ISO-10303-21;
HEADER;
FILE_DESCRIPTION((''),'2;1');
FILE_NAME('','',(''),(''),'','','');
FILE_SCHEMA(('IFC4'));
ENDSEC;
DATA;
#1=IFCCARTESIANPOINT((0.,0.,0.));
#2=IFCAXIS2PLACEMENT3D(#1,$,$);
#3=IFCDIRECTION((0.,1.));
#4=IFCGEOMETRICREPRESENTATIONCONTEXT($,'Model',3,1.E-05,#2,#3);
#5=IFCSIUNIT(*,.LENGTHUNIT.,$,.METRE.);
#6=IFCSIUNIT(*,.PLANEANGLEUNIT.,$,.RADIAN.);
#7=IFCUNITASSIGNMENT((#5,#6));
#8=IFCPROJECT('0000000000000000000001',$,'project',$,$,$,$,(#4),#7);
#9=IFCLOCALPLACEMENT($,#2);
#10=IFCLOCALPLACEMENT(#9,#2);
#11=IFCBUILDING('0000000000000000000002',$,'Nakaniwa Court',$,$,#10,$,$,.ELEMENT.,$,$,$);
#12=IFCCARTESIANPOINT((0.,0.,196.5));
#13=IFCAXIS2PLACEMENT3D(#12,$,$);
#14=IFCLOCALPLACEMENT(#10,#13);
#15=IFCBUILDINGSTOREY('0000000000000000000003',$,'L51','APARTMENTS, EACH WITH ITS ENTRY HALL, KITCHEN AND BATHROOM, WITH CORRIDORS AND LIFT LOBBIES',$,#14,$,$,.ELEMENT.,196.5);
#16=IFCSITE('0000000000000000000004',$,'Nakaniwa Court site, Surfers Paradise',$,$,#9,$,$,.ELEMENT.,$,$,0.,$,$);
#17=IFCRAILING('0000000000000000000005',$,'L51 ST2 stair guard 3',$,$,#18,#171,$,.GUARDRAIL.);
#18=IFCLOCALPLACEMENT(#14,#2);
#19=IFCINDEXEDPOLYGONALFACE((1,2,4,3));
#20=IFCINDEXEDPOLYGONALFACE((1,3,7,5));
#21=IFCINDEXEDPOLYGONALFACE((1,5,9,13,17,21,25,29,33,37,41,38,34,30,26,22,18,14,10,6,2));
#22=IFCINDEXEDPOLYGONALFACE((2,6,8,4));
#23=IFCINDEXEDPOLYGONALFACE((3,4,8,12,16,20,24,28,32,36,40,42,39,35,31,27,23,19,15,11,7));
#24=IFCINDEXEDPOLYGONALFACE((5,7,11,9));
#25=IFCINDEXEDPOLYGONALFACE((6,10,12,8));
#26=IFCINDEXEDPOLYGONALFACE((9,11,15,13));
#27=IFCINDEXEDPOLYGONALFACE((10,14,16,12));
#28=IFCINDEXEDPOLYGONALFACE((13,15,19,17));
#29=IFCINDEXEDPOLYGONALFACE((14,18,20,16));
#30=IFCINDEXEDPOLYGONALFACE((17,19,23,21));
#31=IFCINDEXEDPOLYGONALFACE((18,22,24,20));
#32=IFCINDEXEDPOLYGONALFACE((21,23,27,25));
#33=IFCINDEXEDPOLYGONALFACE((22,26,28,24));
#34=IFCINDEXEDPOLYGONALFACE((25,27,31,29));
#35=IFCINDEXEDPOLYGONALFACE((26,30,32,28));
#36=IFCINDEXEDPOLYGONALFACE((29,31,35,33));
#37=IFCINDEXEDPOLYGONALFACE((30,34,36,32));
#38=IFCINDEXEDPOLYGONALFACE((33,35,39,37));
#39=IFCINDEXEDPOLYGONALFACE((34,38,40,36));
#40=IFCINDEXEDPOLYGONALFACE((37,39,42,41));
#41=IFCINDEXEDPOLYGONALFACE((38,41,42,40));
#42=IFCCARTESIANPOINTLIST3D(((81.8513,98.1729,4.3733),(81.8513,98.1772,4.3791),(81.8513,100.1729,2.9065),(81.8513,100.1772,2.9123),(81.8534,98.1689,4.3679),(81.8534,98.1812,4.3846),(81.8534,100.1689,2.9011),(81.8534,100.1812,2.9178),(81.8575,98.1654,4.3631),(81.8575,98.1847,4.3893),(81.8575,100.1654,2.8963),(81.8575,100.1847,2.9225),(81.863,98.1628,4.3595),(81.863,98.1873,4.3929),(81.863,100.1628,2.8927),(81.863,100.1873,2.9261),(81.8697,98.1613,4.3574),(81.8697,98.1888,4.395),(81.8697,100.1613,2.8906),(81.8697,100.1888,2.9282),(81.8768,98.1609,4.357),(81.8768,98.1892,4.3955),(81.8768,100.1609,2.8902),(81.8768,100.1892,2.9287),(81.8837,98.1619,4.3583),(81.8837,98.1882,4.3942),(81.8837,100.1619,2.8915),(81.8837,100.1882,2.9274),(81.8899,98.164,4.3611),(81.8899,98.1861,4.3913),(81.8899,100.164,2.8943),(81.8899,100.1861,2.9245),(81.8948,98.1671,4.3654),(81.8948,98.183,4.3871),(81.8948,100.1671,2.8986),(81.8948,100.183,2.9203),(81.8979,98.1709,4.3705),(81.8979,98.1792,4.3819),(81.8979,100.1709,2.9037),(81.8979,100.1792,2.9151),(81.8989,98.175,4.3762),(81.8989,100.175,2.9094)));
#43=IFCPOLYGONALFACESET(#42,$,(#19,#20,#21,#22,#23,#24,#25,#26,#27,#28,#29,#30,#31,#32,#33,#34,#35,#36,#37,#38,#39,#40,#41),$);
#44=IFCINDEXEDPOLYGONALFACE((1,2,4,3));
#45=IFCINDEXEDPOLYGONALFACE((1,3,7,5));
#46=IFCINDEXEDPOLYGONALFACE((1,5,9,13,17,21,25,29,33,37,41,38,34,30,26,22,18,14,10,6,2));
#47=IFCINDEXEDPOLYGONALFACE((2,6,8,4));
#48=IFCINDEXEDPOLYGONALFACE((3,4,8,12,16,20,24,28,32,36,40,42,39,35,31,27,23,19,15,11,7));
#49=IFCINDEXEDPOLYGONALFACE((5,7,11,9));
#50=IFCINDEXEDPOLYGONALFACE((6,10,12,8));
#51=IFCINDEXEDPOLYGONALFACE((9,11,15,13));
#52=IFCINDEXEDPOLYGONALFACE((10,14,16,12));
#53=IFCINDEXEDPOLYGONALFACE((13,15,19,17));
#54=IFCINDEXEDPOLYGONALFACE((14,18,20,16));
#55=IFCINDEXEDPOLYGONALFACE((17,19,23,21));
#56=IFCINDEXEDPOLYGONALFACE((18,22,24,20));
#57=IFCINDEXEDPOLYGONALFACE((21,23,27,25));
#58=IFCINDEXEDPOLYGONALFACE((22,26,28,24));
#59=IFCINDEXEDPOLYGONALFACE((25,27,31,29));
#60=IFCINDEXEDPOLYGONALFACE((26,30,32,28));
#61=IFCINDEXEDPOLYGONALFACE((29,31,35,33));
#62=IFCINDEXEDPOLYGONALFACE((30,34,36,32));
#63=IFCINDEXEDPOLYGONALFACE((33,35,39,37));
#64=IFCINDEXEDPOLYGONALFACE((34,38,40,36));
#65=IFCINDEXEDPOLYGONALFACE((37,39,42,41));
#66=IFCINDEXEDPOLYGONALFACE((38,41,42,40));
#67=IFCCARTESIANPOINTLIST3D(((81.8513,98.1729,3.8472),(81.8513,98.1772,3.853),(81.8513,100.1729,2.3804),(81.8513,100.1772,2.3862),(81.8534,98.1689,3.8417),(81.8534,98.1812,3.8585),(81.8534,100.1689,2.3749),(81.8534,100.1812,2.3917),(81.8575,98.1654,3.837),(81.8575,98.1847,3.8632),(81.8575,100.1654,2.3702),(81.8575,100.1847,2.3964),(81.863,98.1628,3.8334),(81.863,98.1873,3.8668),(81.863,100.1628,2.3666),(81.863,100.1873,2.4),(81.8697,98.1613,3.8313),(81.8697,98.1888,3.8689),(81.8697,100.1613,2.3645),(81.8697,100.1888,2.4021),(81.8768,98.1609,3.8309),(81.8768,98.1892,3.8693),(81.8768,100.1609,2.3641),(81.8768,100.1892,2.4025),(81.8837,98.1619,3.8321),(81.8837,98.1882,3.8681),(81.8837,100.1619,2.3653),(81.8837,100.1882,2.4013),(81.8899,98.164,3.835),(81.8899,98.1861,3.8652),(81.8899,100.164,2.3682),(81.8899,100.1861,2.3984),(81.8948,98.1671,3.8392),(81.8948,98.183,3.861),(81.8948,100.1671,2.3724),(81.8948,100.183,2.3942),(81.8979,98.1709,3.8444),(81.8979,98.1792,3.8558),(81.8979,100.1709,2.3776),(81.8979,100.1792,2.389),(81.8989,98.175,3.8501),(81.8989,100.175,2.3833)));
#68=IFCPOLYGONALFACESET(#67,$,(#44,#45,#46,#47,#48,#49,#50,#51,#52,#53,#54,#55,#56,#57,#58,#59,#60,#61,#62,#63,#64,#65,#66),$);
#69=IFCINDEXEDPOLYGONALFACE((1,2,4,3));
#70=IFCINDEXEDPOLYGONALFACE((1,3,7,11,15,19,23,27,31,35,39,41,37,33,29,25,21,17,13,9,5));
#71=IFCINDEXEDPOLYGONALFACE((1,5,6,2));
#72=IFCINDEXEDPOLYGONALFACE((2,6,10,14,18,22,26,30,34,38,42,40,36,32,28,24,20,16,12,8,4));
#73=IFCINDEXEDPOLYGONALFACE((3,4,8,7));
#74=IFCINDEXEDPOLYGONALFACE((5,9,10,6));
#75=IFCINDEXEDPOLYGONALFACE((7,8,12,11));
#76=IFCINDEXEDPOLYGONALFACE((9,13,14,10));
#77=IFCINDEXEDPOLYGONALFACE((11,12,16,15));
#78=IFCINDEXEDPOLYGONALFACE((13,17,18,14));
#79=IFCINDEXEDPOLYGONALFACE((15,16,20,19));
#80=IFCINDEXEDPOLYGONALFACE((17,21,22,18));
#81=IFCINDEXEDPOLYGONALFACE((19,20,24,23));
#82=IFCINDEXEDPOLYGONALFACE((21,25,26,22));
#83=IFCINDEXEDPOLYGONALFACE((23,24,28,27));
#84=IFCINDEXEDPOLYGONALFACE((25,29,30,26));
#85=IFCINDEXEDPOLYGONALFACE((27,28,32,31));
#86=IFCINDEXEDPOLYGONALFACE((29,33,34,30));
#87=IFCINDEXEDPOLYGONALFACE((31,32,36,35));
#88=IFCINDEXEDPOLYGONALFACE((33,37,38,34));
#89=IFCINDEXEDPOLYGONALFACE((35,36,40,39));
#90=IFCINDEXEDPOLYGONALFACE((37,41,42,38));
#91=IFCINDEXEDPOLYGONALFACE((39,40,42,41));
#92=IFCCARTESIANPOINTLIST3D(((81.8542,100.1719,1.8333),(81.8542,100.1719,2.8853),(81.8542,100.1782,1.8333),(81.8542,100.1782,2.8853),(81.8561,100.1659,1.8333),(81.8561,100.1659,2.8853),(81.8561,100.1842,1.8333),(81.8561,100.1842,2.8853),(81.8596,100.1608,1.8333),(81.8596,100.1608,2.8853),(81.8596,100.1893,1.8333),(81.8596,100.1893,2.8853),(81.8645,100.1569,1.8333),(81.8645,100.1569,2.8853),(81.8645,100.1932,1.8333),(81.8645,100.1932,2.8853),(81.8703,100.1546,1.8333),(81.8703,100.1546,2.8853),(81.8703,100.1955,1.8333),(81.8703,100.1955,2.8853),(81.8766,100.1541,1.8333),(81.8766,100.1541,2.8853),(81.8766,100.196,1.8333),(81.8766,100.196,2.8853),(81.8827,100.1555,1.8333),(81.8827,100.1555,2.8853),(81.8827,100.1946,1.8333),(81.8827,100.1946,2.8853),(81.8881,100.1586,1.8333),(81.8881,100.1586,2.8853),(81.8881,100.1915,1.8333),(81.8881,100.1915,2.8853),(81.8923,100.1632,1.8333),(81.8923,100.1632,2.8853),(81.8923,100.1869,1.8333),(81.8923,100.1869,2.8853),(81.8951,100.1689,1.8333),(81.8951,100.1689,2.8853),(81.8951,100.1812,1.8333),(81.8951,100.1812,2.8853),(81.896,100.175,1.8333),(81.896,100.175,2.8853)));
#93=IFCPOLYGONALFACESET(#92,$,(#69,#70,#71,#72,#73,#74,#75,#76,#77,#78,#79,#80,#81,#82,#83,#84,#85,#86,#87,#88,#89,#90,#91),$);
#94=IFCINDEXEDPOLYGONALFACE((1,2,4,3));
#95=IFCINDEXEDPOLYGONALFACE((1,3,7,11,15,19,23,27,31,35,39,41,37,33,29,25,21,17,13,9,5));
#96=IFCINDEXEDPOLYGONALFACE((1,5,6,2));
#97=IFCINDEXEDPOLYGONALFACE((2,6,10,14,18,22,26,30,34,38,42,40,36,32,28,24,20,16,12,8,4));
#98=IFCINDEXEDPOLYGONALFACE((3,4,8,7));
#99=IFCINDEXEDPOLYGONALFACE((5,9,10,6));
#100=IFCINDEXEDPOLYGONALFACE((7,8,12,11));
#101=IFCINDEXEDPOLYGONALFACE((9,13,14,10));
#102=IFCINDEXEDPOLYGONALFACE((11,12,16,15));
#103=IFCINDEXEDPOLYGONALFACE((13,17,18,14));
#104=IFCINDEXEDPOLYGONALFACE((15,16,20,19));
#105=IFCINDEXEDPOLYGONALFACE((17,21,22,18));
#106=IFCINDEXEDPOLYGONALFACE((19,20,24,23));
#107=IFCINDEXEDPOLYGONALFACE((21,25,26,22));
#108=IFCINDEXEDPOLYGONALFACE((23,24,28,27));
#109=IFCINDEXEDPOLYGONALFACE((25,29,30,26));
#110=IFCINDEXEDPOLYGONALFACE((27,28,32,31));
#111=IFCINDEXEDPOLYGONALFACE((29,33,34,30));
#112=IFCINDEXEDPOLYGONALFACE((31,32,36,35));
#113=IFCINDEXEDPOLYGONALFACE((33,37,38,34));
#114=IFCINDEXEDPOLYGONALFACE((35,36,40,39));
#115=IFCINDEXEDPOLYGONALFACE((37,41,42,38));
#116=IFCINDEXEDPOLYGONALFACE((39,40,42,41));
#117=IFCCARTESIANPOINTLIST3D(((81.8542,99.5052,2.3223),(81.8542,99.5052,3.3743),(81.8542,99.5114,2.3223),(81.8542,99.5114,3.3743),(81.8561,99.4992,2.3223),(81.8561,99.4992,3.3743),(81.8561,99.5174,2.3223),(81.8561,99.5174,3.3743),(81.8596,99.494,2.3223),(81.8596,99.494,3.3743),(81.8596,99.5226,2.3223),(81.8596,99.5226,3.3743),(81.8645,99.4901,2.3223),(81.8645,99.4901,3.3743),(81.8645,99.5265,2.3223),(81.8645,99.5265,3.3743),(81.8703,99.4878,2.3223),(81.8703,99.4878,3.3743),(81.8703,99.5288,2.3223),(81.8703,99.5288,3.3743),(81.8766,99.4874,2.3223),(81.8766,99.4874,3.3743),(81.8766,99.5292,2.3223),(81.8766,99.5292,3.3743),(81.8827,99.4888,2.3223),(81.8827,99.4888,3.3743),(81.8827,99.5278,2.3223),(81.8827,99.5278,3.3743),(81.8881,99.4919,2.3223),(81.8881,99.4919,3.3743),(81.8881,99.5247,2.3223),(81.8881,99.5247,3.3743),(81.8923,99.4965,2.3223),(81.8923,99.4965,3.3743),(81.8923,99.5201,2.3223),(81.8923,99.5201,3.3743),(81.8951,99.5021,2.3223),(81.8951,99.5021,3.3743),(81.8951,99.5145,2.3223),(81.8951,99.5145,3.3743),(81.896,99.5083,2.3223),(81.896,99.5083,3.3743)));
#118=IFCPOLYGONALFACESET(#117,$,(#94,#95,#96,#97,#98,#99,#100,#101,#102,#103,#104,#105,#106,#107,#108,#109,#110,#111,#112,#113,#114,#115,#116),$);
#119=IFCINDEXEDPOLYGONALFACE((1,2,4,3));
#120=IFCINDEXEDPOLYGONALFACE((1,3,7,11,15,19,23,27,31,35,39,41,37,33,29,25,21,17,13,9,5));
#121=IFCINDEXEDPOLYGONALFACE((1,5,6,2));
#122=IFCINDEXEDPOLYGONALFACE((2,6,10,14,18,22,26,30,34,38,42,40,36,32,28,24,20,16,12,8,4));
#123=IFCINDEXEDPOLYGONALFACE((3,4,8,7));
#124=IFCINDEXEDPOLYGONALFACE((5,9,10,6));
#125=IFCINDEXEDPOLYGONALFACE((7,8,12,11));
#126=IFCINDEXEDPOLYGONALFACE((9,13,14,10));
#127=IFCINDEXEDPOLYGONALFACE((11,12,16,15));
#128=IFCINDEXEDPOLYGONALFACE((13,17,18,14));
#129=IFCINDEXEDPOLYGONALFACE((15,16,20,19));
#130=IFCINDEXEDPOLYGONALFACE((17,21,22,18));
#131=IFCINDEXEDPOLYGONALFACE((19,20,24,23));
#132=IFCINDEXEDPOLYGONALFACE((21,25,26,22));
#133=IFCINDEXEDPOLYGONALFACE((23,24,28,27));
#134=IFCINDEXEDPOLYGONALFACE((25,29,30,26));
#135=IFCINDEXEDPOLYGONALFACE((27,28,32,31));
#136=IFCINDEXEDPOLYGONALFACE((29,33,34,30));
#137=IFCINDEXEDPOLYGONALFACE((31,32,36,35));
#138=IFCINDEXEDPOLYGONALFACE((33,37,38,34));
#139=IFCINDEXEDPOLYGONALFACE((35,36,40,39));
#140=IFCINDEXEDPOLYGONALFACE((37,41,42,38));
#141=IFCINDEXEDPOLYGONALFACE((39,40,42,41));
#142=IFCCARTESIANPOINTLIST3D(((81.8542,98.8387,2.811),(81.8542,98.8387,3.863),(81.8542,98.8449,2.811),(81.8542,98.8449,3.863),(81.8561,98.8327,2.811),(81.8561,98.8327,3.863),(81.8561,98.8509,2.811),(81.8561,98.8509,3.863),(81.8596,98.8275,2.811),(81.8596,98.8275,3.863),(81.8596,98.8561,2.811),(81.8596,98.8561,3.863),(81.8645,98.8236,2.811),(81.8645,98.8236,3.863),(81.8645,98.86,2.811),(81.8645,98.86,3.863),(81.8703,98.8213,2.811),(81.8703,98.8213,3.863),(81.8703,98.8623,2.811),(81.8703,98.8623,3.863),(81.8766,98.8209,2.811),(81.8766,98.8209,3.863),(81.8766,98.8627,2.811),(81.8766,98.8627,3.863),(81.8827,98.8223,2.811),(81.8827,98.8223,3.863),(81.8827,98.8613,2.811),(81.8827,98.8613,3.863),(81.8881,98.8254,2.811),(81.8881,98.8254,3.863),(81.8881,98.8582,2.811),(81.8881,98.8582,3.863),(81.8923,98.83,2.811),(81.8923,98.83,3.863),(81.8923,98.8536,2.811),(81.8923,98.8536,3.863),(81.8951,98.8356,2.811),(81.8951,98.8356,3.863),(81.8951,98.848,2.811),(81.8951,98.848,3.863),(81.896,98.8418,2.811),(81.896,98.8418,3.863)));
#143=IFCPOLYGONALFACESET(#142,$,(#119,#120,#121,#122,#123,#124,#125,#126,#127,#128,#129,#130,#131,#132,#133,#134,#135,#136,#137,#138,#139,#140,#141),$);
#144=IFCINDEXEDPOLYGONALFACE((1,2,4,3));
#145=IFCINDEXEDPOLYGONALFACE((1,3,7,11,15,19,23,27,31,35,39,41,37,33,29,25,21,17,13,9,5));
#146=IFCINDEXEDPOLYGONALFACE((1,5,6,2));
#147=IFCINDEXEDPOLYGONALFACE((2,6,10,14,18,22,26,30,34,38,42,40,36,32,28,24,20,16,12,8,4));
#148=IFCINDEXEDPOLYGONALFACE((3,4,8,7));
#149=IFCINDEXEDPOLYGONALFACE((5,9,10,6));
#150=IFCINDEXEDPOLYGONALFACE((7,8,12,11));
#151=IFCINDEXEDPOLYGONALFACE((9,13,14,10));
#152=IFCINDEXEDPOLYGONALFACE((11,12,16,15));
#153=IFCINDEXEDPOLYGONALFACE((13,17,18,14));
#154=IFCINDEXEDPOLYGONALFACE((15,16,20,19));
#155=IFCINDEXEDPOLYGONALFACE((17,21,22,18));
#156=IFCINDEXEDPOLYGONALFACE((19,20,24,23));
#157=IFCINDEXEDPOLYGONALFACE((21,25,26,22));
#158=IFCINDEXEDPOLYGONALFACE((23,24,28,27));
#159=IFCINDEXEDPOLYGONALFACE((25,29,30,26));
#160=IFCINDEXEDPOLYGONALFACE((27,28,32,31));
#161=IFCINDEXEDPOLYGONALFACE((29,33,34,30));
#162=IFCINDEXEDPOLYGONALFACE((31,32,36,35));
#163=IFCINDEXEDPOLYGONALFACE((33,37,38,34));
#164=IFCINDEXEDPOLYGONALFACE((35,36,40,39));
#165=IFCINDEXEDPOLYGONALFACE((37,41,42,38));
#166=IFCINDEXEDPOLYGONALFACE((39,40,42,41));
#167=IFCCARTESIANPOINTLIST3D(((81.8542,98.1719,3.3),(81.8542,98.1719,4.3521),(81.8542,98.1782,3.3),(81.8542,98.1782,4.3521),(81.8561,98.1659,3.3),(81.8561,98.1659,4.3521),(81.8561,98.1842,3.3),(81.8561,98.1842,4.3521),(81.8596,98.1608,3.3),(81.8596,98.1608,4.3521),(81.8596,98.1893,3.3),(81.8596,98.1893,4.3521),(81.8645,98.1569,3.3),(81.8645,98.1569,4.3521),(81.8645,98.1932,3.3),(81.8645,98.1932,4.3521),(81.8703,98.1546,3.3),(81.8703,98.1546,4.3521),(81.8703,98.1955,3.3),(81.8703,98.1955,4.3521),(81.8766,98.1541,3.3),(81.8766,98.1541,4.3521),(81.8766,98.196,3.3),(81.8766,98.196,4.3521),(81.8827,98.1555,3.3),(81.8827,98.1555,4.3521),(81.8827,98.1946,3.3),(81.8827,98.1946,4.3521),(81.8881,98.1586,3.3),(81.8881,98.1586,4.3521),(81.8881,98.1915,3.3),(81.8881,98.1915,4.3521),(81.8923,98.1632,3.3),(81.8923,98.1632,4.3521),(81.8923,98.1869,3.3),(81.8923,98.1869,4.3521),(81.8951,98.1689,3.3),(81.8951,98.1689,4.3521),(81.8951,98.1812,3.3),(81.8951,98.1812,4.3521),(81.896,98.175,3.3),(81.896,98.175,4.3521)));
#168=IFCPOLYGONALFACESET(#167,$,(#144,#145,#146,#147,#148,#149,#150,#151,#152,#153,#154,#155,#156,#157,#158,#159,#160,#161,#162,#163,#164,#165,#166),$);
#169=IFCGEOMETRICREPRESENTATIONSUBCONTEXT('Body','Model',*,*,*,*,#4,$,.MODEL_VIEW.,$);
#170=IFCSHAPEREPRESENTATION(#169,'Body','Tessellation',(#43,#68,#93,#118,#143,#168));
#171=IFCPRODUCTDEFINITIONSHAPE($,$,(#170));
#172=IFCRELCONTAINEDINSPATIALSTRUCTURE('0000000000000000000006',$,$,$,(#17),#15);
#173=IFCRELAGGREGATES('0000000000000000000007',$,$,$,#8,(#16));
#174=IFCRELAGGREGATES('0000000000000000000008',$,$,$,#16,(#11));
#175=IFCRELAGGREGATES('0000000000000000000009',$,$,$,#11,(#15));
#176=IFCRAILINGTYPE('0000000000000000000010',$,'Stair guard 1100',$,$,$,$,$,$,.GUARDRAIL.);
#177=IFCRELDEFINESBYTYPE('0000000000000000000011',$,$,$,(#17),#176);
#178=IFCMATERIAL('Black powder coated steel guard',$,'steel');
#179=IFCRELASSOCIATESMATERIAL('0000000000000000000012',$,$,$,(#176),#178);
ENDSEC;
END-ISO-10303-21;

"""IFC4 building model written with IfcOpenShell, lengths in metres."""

from ifc_helpers import new_model, si_unit, direction, frame, origin, origin_2d, place, context, subcontext, project, spatial, circle, extrude, material, type_object, element, save


model = new_model("IFC4")

# Units and contexts
model_context = context("Model", 3, precision=1e-05, world=origin(), true_north=direction((0.0, 1.0)))
body_context = subcontext(model_context, "Body", "Model", "MODEL_VIEW")
ifc_project = project(units=[si_unit("LENGTHUNIT", "METRE"), si_unit("PLANEANGLEUNIT", "RADIAN")], contexts=[model_context])

# Site, building, storey
site_placement = place(None, origin())
site = spatial("IfcSite", under=ifc_project, at=site_placement, Name="Nakaniwa Court site, Surfers Paradise", CompositionType="ELEMENT", RefElevation=0.0)
building_placement = place(site_placement, origin())
building = spatial("IfcBuilding", under=site, at=building_placement, Name="Nakaniwa Court", CompositionType="ELEMENT")
storey_placement = place(building_placement, frame((0.0, 0.0, 196.5)))
storey = spatial("IfcBuildingStorey", under=building, at=storey_placement, Name="L51", Description="APARTMENTS, EACH WITH ITS ENTRY HALL, KITCHEN AND BATHROOM, WITH CORRIDORS AND LIFT LOBBIES", CompositionType="ELEMENT", Elevation=196.5)

# Railing
ifc_material_1 = material(Name="Black powder coated steel guard", Category="steel")
railing_type_1 = type_object("IfcRailingType", Name="Stair guard 1100", PredefinedType="GUARDRAIL", material=ifc_material_1)
railing_1_placement = place(storey_placement, frame((81.875, 100.175, 1.8333)))
element("IfcRailing", 1, at=railing_1_placement, inside=storey, type_object=railing_type_1, Name="L51 ST2 stair guard 3", PredefinedType="GUARDRAIL", context=body_context, shape_type="SweptSolid", body=[
    extrude(circle(Radius=0.0239, at=origin_2d()), frame((0.0, 0.0, 1.0762), z_axis=(0.0, -0.80638, 0.591398), x_axis=(1.0, 0.0, 0.0)), (0.0, 0.0, 1.0), 2.4802),
    extrude(circle(Radius=0.0239, at=origin_2d()), frame((0.0, 0.0, 0.55), z_axis=(0.0, -0.80638, 0.591398), x_axis=(1.0, 0.0, 0.0)), (0.0, 0.0, 1.0), 2.4802),
    extrude(circle(Radius=0.021, at=origin_2d()), origin(), (0.0, 0.0, 1.0), 1.052),
    extrude(circle(Radius=0.021, at=origin_2d()), frame((0.0, -0.6667, 0.489)), (0.0, 0.0, 1.0), 1.052),
    extrude(circle(Radius=0.021, at=origin_2d()), frame((0.0, -1.3333, 0.9778)), (0.0, 0.0, 1.0), 1.052),
    extrude(circle(Radius=0.021, at=origin_2d()), frame((0.0, -2.0, 1.4668)), (0.0, 0.0, 1.0), 1.052),
])

save(model, "model.ifc")
